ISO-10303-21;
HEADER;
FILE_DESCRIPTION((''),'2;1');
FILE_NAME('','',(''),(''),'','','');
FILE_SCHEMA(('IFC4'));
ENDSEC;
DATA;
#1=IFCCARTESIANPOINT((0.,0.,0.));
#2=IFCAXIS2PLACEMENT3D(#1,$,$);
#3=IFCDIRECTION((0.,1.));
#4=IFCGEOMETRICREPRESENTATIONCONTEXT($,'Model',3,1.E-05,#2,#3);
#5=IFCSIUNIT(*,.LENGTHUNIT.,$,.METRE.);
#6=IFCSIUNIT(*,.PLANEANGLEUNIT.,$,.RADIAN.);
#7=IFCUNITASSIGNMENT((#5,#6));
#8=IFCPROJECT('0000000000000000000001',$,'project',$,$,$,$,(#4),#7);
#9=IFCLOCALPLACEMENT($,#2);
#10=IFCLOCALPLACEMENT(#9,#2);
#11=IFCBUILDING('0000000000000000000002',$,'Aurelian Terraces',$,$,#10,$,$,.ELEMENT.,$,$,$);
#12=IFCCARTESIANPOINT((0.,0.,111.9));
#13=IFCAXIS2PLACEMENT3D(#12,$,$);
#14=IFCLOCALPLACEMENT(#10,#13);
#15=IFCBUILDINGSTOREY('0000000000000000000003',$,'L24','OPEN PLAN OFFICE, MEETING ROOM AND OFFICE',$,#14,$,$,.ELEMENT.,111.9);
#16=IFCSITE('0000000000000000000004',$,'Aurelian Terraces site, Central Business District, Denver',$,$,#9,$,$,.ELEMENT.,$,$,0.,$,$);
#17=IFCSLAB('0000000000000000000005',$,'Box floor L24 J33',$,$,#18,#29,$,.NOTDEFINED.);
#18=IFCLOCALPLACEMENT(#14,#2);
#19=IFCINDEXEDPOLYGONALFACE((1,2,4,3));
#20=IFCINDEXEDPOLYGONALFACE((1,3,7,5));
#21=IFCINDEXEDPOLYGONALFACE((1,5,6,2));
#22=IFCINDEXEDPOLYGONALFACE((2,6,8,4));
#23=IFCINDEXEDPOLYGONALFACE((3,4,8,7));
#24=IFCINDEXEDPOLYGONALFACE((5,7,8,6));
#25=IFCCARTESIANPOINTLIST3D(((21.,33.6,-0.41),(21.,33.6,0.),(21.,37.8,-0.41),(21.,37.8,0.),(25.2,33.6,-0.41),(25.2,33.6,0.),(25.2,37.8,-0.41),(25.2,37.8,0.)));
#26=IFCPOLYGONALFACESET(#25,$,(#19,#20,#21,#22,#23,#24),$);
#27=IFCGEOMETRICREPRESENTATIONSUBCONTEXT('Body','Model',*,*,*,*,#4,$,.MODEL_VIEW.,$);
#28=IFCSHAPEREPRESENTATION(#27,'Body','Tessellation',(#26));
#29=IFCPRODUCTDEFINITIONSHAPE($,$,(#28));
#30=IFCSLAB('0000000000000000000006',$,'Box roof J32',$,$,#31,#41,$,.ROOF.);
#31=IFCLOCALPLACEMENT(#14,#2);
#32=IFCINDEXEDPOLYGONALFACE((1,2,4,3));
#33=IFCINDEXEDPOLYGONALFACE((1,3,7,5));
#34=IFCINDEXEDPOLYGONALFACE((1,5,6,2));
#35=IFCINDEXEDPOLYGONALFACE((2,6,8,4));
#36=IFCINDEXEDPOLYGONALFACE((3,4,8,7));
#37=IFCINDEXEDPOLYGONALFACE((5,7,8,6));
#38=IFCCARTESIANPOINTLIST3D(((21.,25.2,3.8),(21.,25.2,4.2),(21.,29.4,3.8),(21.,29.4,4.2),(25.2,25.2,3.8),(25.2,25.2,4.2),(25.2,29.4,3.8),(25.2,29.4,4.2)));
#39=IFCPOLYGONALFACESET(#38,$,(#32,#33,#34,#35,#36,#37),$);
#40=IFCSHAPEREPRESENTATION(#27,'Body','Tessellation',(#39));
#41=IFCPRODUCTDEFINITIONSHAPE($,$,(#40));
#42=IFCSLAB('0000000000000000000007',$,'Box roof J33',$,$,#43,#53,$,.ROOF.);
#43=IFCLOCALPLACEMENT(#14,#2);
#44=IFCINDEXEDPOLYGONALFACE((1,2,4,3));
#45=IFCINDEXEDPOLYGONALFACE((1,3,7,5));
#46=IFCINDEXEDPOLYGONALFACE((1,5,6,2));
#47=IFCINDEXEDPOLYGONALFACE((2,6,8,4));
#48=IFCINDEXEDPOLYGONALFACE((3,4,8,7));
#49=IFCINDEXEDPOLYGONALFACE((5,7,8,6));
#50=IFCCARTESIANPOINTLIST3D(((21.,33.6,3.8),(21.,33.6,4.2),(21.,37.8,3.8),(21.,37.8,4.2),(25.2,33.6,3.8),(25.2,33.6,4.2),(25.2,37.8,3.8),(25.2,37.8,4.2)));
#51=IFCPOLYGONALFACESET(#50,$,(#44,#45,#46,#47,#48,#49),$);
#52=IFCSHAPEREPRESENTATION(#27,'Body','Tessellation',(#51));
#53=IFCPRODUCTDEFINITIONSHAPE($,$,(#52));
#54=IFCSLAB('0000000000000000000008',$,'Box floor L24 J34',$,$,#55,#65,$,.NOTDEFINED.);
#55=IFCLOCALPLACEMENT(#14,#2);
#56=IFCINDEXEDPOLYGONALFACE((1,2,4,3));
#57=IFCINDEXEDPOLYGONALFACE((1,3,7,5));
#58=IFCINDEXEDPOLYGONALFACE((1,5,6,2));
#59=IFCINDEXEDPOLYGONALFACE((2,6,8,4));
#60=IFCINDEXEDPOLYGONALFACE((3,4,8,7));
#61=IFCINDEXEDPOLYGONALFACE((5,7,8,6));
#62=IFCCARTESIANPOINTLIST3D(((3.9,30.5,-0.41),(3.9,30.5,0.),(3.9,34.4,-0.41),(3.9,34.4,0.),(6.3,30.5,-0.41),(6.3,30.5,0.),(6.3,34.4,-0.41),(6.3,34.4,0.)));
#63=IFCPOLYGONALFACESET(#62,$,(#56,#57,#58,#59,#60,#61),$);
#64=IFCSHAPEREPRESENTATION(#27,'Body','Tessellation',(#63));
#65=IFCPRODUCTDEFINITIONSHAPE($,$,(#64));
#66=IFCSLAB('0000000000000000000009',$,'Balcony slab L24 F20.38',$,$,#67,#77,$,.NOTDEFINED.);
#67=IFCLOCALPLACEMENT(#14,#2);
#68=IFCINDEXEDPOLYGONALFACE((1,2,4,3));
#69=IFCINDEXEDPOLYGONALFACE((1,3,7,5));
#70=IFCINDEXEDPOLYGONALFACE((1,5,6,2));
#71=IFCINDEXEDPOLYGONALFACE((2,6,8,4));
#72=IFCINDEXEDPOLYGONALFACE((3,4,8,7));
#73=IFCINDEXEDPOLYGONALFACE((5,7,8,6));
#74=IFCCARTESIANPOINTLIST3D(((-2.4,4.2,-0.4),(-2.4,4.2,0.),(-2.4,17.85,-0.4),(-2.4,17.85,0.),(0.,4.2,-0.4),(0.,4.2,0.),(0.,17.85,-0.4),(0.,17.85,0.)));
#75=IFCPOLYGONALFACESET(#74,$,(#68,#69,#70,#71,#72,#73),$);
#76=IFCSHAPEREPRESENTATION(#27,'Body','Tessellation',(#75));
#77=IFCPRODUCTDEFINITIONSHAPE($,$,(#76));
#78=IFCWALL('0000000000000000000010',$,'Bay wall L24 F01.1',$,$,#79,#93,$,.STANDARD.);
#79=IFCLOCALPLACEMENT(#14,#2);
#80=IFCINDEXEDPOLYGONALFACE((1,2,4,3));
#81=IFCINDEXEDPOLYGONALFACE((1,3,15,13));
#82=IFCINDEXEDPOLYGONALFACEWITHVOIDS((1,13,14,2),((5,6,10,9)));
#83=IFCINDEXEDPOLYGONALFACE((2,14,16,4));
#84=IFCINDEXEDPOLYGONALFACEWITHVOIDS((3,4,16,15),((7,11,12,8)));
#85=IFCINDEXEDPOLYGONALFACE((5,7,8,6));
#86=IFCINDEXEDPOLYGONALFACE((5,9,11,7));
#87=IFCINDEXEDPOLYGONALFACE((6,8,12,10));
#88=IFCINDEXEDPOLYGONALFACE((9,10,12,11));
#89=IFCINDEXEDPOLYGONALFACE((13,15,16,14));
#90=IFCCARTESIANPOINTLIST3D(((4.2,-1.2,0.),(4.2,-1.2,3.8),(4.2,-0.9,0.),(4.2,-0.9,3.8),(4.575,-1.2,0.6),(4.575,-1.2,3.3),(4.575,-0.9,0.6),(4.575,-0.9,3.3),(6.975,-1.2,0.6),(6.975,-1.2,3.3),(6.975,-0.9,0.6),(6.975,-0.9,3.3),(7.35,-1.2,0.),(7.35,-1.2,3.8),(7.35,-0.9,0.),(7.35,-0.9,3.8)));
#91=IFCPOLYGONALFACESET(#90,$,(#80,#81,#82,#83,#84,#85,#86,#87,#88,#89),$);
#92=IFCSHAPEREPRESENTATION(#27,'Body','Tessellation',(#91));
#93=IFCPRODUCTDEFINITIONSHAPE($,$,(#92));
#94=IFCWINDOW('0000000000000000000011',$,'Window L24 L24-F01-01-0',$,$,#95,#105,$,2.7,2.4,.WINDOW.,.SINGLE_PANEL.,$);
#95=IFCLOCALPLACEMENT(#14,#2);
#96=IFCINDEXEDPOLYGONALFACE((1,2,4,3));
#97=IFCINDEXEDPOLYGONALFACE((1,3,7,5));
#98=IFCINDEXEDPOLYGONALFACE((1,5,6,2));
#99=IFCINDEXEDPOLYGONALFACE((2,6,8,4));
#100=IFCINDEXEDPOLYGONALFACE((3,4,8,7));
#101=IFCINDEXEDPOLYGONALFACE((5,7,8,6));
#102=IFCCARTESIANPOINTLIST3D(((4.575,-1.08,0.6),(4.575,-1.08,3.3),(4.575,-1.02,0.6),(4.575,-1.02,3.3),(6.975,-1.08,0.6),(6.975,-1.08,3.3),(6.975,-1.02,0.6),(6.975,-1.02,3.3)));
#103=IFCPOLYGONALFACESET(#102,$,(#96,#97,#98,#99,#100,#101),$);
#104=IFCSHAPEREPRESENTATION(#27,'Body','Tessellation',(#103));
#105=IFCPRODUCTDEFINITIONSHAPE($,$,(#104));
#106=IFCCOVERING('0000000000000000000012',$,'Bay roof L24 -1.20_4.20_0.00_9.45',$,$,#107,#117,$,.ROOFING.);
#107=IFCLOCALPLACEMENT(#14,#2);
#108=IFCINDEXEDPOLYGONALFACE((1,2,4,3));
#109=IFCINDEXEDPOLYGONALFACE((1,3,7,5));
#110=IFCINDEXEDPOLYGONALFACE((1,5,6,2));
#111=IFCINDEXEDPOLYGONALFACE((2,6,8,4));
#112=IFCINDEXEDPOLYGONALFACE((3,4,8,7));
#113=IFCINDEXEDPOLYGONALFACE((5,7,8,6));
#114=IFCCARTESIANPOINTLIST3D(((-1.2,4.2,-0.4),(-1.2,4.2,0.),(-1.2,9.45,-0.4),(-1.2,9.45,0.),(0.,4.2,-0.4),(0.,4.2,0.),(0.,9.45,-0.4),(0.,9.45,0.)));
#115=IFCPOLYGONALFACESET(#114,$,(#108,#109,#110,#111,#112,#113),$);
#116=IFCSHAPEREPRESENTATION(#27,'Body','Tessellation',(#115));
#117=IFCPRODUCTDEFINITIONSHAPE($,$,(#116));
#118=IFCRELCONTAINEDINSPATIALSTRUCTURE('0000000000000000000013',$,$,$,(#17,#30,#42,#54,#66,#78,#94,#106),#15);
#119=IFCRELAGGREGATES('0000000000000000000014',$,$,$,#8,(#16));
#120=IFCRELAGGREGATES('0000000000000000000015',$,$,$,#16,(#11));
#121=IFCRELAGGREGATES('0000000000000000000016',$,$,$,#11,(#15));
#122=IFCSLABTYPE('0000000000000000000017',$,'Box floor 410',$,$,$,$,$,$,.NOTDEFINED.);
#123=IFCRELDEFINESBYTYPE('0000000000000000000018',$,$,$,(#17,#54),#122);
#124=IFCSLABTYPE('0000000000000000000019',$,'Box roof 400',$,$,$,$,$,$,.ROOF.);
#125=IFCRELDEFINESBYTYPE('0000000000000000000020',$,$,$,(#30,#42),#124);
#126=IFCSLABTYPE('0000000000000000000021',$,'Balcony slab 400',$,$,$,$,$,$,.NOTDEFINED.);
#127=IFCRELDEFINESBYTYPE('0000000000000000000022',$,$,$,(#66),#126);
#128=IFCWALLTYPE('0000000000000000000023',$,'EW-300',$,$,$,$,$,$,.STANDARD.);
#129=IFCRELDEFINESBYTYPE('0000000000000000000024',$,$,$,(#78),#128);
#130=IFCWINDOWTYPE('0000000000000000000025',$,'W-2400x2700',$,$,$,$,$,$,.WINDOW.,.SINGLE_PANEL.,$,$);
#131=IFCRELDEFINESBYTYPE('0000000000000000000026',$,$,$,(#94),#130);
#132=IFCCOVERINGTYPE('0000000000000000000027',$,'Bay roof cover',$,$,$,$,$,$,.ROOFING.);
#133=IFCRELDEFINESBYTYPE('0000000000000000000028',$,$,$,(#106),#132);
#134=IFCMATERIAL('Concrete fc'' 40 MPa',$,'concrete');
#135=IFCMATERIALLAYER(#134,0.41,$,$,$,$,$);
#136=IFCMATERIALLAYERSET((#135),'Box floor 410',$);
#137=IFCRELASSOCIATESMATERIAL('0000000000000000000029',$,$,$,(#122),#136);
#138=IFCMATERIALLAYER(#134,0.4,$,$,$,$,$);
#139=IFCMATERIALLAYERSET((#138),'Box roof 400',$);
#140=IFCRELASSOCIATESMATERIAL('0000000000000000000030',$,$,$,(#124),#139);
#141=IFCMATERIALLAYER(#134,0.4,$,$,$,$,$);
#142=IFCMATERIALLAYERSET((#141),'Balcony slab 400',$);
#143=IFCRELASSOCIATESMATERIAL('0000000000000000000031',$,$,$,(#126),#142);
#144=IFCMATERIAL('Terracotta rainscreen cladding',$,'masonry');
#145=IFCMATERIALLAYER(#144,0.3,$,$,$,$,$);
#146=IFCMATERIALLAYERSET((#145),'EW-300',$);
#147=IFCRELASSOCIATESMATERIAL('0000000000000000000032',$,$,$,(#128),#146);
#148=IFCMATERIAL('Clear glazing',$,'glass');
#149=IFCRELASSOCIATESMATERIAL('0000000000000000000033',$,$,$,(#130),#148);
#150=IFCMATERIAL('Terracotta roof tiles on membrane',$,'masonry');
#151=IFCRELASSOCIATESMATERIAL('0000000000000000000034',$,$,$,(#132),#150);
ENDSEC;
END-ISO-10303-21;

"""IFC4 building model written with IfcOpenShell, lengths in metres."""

from ifc_helpers import new_model, si_unit, direction, frame, frame_2d, origin, place, context, subcontext, project, spatial, polyline, rectangle, outline, extrude, source, transform, mapped, material, layer, layer_set, type_object, element, fill, save


model = new_model("IFC4")

# Units and contexts
model_context = context("Model", 3, precision=1e-05, world=origin(), true_north=direction((0.0, 1.0)))
body_context = subcontext(model_context, "Body", "Model", "MODEL_VIEW")
ifc_project = project(units=[si_unit("LENGTHUNIT", "METRE"), si_unit("PLANEANGLEUNIT", "RADIAN")], contexts=[model_context])

# Site, building, storey
site_placement = place(None, origin())
site = spatial("IfcSite", under=ifc_project, at=site_placement, Name="Aurelian Terraces site, Central Business District, Denver", CompositionType="ELEMENT", RefElevation=0.0)
building_placement = place(site_placement, origin())
building = spatial("IfcBuilding", under=site, at=building_placement, Name="Aurelian Terraces", CompositionType="ELEMENT")
storey_placement = place(building_placement, frame((0.0, 0.0, 111.9)))
storey = spatial("IfcBuildingStorey", under=building, at=storey_placement, Name="L24", Description="OPEN PLAN OFFICE, MEETING ROOM AND OFFICE", CompositionType="ELEMENT", Elevation=111.9)

# Slabs
ifc_material_1 = material(Name="Concrete fc' 40 MPa", Category="concrete")
ifc_layer_1 = layer(ifc_material_1, 0.41)
ifc_layer_set_1 = layer_set([ifc_layer_1], Name="Box floor 410")
slab_type_1 = type_object("IfcSlabType", Name="Box floor 410", PredefinedType="NOTDEFINED", material=ifc_layer_set_1)
ifc_layer_2 = layer(ifc_material_1, 0.4)
ifc_layer_set_2 = layer_set([ifc_layer_2], Name="Box roof 400")
slab_type_2 = type_object("IfcSlabType", Name="Box roof 400", PredefinedType="ROOF", material=ifc_layer_set_2)
shared_shape_1 = source(origin(), body_context, "Body", "SweptSolid", [
    extrude(outline(polyline([(25.2, 33.6), (25.2, 37.8), (21.0, 37.8), (21.0, 33.6), (25.2, 33.6)])), origin(), (0.0, 0.0, 1.0), 0.41),
])
slab_1_placement = place(storey_placement, frame((0.0, 0.0, -0.41)))
element("IfcSlab", 1, at=slab_1_placement, inside=storey, type_object=slab_type_1, Name="Box floor L24 J33", PredefinedType="NOTDEFINED", context=body_context, shape_type="MappedRepresentation", body=[
    mapped(shared_shape_1, transform((0.0, 0.0, 0.0), scale=1.0)),
])
shared_shape_2 = source(origin(), body_context, "Body", "SweptSolid", [
    extrude(outline(polyline([(25.2, 25.2), (25.2, 29.4), (21.0, 29.4), (21.0, 25.2), (25.2, 25.2)])), origin(), (0.0, 0.0, 1.0), 0.4),
])
slab_2_placement = place(storey_placement, frame((0.0, 0.0, 3.8)))
element("IfcSlab", 2, at=slab_2_placement, inside=storey, type_object=slab_type_2, Name="Box roof J32", PredefinedType="ROOF", context=body_context, shape_type="MappedRepresentation", body=[
    mapped(shared_shape_2, transform((0.0, 0.0, 0.0), scale=1.0)),
])
shared_shape_3 = source(origin(), body_context, "Body", "SweptSolid", [
    extrude(outline(polyline([(25.2, 33.6), (25.2, 37.8), (21.0, 37.8), (21.0, 33.6), (25.2, 33.6)])), origin(), (0.0, 0.0, 1.0), 0.4),
])
slab_3_placement = place(storey_placement, frame((0.0, 0.0, 3.8)))
element("IfcSlab", 3, at=slab_3_placement, inside=storey, type_object=slab_type_2, Name="Box roof J33", PredefinedType="ROOF", context=body_context, shape_type="MappedRepresentation", body=[
    mapped(shared_shape_3, transform((0.0, 0.0, 0.0), scale=1.0)),
])
shared_shape_4 = source(origin(), body_context, "Body", "SweptSolid", [
    extrude(outline(polyline([(3.9, 34.4), (3.9, 30.5), (6.3, 30.5), (6.3, 34.4), (3.9, 34.4)])), origin(), (0.0, 0.0, 1.0), 0.41),
])
slab_4_placement = place(storey_placement, frame((0.0, 0.0, -0.41)))
element("IfcSlab", 4, at=slab_4_placement, inside=storey, type_object=slab_type_1, Name="Box floor L24 J34", PredefinedType="NOTDEFINED", context=body_context, shape_type="MappedRepresentation", body=[
    mapped(shared_shape_4, transform((0.0, 0.0, 0.0), scale=1.0)),
])
ifc_layer_3 = layer(ifc_material_1, 0.4)
ifc_layer_set_3 = layer_set([ifc_layer_3], Name="Balcony slab 400")
slab_type_3 = type_object("IfcSlabType", Name="Balcony slab 400", PredefinedType="NOTDEFINED", material=ifc_layer_set_3)
shared_shape_5 = source(origin(), body_context, "Body", "SweptSolid", [
    extrude(outline(polyline([(0.0, 17.85), (0.0, 4.2), (-2.4, 4.2), (-2.4, 17.85), (0.0, 17.85)])), origin(), (0.0, 0.0, 1.0), 0.4),
])
slab_5_placement = place(storey_placement, frame((0.0, 0.0, -0.4)))
element("IfcSlab", 5, at=slab_5_placement, inside=storey, type_object=slab_type_3, Name="Balcony slab L24 F20.38", PredefinedType="NOTDEFINED", context=body_context, shape_type="MappedRepresentation", body=[
    mapped(shared_shape_5, transform((0.0, 0.0, 0.0), scale=1.0)),
])

# Wall, opening, window
ifc_material_2 = material(Name="Terracotta rainscreen cladding", Category="masonry")
ifc_layer_4 = layer(ifc_material_2, 0.3)
ifc_layer_set_4 = layer_set([ifc_layer_4], Name="EW-300")
wall_type = type_object("IfcWallType", Name="EW-300", PredefinedType="STANDARD", material=ifc_layer_set_4)
shared_shape_6 = source(origin(), body_context, "Body", "SweptSolid", [
    extrude(rectangle(XDim=3.15, YDim=0.3, at=frame_2d((1.575, 0.0))), origin(), (0.0, 0.0, 1.0), 3.8),
])
wall_placement = place(storey_placement, frame((4.2, -1.05, 0.0), z_axis=(0.0, 0.0, 1.0), x_axis=(1.0, 0.0, 0.0)))
wall = element("IfcWall", 6, at=wall_placement, inside=storey, type_object=wall_type, Name="Bay wall L24 F01.1", PredefinedType="STANDARD", context=body_context, shape_type="MappedRepresentation", body=[
    mapped(shared_shape_6, transform((0.0, 0.0, 0.0), scale=1.0)),
])
shared_shape_7 = source(origin(), body_context, "Body", "SweptSolid", [
    extrude(rectangle(XDim=2.4, YDim=2.7, at=frame_2d((1.2, 1.35))), frame((0.0, 0.16, 0.0), z_axis=(0.0, -1.0, 0.0), x_axis=(1.0, 0.0, 0.0)), (0.0, 0.0, 1.0), 0.32),
])
opening_placement = place(wall_placement, frame((0.375, 0.0, 0.6)))
opening = element("IfcOpeningElement", 7, at=opening_placement, cuts=wall, PredefinedType="OPENING", context=body_context, shape_type="MappedRepresentation", body=[
    mapped(shared_shape_7, transform((0.0, 0.0, 0.0), scale=1.0)),
])
ifc_material_3 = material(Name="Clear glazing", Category="glass")
window_type = type_object("IfcWindowType", Name="W-2400x2700", PartitioningType="SINGLE_PANEL", PredefinedType="WINDOW", material=ifc_material_3)
shared_shape_8 = source(origin(), body_context, "Body", "SweptSolid", [
    extrude(rectangle(XDim=2.4, YDim=2.7, at=frame_2d((1.2, 1.35))), frame((0.0, 0.03, 0.0), z_axis=(0.0, -1.0, 0.0), x_axis=(1.0, 0.0, 0.0)), (0.0, 0.0, 1.0), 0.06),
])
window_placement = place(opening_placement, origin())
window = element("IfcWindow", 8, at=window_placement, inside=storey, type_object=window_type, Name="Window L24 L24-F01-01-0", OverallHeight=2.7, OverallWidth=2.4, PartitioningType="SINGLE_PANEL", PredefinedType="WINDOW", context=body_context, shape_type="MappedRepresentation", body=[
    mapped(shared_shape_8, transform((0.0, 0.0, 0.0), scale=1.0)),
])
fill(opening, window)

# Covering
ifc_material_4 = material(Name="Terracotta roof tiles on membrane", Category="masonry")
covering_type = type_object("IfcCoveringType", Name="Bay roof cover", PredefinedType="ROOFING", material=ifc_material_4)
covering_placement = place(storey_placement, frame((0.0, 0.0, -0.4)))
element("IfcCovering", 9, at=covering_placement, inside=storey, type_object=covering_type, Name="Bay roof L24 -1.20_4.20_0.00_9.45", PredefinedType="ROOFING", context=body_context, shape_type="SweptSolid", body=[
    extrude(outline(polyline([(0.0, 4.2), (-1.2, 4.2), (-1.2, 9.45), (0.0, 9.45), (0.0, 4.2)])), origin(), (0.0, 0.0, 1.0), 0.4),
])

save(model, "model.ifc")
